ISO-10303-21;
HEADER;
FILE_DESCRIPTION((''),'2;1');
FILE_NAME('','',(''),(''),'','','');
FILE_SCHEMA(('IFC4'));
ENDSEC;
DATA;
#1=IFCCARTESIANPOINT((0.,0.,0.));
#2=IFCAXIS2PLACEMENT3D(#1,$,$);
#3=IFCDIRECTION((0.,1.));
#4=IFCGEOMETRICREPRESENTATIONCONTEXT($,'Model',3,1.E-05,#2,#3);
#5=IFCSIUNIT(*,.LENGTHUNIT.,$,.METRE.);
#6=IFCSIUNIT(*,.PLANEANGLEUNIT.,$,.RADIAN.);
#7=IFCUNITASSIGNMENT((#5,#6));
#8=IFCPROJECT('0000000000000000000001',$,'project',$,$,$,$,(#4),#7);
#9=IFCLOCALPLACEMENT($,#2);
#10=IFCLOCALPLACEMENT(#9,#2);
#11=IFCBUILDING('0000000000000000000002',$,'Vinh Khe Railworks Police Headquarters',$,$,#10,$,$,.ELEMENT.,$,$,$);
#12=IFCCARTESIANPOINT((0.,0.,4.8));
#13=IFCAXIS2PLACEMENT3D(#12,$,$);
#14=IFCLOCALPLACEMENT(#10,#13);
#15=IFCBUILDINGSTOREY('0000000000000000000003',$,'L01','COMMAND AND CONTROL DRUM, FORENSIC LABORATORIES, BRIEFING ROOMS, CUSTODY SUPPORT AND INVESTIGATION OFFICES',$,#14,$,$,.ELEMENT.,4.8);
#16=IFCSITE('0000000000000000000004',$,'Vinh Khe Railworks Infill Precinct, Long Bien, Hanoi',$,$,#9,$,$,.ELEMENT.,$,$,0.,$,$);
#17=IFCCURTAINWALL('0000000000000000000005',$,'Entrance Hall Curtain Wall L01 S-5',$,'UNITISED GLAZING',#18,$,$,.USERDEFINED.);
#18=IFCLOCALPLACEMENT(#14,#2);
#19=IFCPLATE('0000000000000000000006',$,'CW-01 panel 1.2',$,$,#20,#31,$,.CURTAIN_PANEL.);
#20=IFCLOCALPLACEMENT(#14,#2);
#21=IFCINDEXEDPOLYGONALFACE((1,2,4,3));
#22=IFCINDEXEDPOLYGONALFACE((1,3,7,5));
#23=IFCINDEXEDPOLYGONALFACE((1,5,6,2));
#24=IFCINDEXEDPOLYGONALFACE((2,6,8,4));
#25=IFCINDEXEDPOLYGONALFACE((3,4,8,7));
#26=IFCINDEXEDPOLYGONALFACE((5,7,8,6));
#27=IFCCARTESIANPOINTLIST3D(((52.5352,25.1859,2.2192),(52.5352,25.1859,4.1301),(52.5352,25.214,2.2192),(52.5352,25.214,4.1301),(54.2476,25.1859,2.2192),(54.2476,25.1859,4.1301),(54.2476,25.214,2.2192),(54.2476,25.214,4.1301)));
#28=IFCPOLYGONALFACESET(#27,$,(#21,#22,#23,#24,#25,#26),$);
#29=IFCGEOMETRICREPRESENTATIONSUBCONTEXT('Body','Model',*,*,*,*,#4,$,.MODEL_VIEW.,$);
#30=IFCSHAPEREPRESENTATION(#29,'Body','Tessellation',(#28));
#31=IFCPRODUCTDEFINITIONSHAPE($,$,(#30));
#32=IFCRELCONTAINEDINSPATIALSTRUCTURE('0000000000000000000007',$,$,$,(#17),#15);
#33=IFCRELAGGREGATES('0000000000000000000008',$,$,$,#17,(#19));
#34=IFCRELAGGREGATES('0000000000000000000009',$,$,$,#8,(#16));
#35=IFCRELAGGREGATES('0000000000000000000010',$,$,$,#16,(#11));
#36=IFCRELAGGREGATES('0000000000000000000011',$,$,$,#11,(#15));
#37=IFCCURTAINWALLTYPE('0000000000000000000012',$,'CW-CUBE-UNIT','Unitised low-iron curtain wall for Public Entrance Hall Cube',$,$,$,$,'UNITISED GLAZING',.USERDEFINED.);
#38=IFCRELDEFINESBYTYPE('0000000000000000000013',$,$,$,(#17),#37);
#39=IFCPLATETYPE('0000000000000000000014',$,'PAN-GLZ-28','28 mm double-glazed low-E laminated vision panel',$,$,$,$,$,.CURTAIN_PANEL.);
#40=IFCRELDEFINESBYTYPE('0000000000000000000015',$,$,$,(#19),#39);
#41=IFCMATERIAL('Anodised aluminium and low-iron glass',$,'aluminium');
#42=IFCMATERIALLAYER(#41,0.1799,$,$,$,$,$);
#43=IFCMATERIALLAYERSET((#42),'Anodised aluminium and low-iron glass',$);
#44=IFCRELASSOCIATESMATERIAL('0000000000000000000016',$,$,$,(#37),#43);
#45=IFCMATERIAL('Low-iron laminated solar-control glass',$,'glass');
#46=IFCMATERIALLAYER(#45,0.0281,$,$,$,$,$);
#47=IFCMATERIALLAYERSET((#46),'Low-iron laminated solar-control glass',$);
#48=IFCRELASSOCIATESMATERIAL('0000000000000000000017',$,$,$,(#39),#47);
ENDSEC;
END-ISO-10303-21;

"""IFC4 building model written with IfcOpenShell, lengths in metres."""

from ifc_helpers import new_model, si_unit, direction, frame, origin, origin_2d, place, context, subcontext, project, spatial, rectangle, extrude, material, layer, layer_set, type_object, element, aggregate, save


model = new_model("IFC4")

# Units and contexts
model_context = context("Model", 3, precision=1e-05, world=origin(), true_north=direction((0.0, 1.0)))
body_context = subcontext(model_context, "Body", "Model", "MODEL_VIEW")
ifc_project = project(units=[si_unit("LENGTHUNIT", "METRE"), si_unit("PLANEANGLEUNIT", "RADIAN")], contexts=[model_context])

# Site, building, storey
site_placement = place(None, origin())
site = spatial("IfcSite", under=ifc_project, at=site_placement, Name="Vinh Khe Railworks Infill Precinct, Long Bien, Hanoi", CompositionType="ELEMENT", RefElevation=0.0)
building_placement = place(site_placement, origin())
building = spatial("IfcBuilding", under=site, at=building_placement, Name="Vinh Khe Railworks Police Headquarters", CompositionType="ELEMENT")
storey_placement = place(building_placement, frame((0.0, 0.0, 4.8)))
storey = spatial("IfcBuildingStorey", under=building, at=storey_placement, Name="L01", Description="COMMAND AND CONTROL DRUM, FORENSIC LABORATORIES, BRIEFING ROOMS, CUSTODY SUPPORT AND INVESTIGATION OFFICES", CompositionType="ELEMENT", Elevation=4.8)

# Curtain wall
ifc_material_1 = material(Name="Anodised aluminium and low-iron glass", Category="aluminium")
ifc_layer_1 = layer(ifc_material_1, 0.1799)
ifc_layer_set_1 = layer_set([ifc_layer_1], Name="Anodised aluminium and low-iron glass")
curtain_wall_type = type_object("IfcCurtainWallType", Name="CW-CUBE-UNIT", Description="Unitised low-iron curtain wall for Public Entrance Hall Cube", ElementType="UNITISED GLAZING", PredefinedType="USERDEFINED", material=ifc_layer_set_1)
curtain_wall_1_placement = place(storey_placement, origin())
curtain_wall_1 = element("IfcCurtainWall", 1, at=curtain_wall_1_placement, inside=storey, type_object=curtain_wall_type, Name="Entrance Hall Curtain Wall L01 S-5", ObjectType="UNITISED GLAZING", PredefinedType="USERDEFINED")

# Plate
ifc_material_2 = material(Name="Low-iron laminated solar-control glass", Category="glass")
ifc_layer_2 = layer(ifc_material_2, 0.0281)
ifc_layer_set_2 = layer_set([ifc_layer_2], Name="Low-iron laminated solar-control glass")
plate_type = type_object("IfcPlateType", Name="PAN-GLZ-28", Description="28 mm double-glazed low-E laminated vision panel", PredefinedType="CURTAIN_PANEL", material=ifc_layer_set_2)
plate_1_placement = place(storey_placement, frame((53.3914, 25.2, 2.2192), z_axis=(0.0, 0.0, 1.0), x_axis=(1.0, 0.0, 0.0)))
plate_1 = element("IfcPlate", 2, at=plate_1_placement, type_object=plate_type, Name="CW-01 panel 1.2", PredefinedType="CURTAIN_PANEL", context=body_context, shape_type="SweptSolid", body=[
    extrude(rectangle(XDim=1.7124, YDim=0.0281, at=origin_2d()), origin(), (0.0, 0.0, 1.0), 1.9109),
])
aggregate(curtain_wall_1, [plate_1])

save(model, "model.ifc")
